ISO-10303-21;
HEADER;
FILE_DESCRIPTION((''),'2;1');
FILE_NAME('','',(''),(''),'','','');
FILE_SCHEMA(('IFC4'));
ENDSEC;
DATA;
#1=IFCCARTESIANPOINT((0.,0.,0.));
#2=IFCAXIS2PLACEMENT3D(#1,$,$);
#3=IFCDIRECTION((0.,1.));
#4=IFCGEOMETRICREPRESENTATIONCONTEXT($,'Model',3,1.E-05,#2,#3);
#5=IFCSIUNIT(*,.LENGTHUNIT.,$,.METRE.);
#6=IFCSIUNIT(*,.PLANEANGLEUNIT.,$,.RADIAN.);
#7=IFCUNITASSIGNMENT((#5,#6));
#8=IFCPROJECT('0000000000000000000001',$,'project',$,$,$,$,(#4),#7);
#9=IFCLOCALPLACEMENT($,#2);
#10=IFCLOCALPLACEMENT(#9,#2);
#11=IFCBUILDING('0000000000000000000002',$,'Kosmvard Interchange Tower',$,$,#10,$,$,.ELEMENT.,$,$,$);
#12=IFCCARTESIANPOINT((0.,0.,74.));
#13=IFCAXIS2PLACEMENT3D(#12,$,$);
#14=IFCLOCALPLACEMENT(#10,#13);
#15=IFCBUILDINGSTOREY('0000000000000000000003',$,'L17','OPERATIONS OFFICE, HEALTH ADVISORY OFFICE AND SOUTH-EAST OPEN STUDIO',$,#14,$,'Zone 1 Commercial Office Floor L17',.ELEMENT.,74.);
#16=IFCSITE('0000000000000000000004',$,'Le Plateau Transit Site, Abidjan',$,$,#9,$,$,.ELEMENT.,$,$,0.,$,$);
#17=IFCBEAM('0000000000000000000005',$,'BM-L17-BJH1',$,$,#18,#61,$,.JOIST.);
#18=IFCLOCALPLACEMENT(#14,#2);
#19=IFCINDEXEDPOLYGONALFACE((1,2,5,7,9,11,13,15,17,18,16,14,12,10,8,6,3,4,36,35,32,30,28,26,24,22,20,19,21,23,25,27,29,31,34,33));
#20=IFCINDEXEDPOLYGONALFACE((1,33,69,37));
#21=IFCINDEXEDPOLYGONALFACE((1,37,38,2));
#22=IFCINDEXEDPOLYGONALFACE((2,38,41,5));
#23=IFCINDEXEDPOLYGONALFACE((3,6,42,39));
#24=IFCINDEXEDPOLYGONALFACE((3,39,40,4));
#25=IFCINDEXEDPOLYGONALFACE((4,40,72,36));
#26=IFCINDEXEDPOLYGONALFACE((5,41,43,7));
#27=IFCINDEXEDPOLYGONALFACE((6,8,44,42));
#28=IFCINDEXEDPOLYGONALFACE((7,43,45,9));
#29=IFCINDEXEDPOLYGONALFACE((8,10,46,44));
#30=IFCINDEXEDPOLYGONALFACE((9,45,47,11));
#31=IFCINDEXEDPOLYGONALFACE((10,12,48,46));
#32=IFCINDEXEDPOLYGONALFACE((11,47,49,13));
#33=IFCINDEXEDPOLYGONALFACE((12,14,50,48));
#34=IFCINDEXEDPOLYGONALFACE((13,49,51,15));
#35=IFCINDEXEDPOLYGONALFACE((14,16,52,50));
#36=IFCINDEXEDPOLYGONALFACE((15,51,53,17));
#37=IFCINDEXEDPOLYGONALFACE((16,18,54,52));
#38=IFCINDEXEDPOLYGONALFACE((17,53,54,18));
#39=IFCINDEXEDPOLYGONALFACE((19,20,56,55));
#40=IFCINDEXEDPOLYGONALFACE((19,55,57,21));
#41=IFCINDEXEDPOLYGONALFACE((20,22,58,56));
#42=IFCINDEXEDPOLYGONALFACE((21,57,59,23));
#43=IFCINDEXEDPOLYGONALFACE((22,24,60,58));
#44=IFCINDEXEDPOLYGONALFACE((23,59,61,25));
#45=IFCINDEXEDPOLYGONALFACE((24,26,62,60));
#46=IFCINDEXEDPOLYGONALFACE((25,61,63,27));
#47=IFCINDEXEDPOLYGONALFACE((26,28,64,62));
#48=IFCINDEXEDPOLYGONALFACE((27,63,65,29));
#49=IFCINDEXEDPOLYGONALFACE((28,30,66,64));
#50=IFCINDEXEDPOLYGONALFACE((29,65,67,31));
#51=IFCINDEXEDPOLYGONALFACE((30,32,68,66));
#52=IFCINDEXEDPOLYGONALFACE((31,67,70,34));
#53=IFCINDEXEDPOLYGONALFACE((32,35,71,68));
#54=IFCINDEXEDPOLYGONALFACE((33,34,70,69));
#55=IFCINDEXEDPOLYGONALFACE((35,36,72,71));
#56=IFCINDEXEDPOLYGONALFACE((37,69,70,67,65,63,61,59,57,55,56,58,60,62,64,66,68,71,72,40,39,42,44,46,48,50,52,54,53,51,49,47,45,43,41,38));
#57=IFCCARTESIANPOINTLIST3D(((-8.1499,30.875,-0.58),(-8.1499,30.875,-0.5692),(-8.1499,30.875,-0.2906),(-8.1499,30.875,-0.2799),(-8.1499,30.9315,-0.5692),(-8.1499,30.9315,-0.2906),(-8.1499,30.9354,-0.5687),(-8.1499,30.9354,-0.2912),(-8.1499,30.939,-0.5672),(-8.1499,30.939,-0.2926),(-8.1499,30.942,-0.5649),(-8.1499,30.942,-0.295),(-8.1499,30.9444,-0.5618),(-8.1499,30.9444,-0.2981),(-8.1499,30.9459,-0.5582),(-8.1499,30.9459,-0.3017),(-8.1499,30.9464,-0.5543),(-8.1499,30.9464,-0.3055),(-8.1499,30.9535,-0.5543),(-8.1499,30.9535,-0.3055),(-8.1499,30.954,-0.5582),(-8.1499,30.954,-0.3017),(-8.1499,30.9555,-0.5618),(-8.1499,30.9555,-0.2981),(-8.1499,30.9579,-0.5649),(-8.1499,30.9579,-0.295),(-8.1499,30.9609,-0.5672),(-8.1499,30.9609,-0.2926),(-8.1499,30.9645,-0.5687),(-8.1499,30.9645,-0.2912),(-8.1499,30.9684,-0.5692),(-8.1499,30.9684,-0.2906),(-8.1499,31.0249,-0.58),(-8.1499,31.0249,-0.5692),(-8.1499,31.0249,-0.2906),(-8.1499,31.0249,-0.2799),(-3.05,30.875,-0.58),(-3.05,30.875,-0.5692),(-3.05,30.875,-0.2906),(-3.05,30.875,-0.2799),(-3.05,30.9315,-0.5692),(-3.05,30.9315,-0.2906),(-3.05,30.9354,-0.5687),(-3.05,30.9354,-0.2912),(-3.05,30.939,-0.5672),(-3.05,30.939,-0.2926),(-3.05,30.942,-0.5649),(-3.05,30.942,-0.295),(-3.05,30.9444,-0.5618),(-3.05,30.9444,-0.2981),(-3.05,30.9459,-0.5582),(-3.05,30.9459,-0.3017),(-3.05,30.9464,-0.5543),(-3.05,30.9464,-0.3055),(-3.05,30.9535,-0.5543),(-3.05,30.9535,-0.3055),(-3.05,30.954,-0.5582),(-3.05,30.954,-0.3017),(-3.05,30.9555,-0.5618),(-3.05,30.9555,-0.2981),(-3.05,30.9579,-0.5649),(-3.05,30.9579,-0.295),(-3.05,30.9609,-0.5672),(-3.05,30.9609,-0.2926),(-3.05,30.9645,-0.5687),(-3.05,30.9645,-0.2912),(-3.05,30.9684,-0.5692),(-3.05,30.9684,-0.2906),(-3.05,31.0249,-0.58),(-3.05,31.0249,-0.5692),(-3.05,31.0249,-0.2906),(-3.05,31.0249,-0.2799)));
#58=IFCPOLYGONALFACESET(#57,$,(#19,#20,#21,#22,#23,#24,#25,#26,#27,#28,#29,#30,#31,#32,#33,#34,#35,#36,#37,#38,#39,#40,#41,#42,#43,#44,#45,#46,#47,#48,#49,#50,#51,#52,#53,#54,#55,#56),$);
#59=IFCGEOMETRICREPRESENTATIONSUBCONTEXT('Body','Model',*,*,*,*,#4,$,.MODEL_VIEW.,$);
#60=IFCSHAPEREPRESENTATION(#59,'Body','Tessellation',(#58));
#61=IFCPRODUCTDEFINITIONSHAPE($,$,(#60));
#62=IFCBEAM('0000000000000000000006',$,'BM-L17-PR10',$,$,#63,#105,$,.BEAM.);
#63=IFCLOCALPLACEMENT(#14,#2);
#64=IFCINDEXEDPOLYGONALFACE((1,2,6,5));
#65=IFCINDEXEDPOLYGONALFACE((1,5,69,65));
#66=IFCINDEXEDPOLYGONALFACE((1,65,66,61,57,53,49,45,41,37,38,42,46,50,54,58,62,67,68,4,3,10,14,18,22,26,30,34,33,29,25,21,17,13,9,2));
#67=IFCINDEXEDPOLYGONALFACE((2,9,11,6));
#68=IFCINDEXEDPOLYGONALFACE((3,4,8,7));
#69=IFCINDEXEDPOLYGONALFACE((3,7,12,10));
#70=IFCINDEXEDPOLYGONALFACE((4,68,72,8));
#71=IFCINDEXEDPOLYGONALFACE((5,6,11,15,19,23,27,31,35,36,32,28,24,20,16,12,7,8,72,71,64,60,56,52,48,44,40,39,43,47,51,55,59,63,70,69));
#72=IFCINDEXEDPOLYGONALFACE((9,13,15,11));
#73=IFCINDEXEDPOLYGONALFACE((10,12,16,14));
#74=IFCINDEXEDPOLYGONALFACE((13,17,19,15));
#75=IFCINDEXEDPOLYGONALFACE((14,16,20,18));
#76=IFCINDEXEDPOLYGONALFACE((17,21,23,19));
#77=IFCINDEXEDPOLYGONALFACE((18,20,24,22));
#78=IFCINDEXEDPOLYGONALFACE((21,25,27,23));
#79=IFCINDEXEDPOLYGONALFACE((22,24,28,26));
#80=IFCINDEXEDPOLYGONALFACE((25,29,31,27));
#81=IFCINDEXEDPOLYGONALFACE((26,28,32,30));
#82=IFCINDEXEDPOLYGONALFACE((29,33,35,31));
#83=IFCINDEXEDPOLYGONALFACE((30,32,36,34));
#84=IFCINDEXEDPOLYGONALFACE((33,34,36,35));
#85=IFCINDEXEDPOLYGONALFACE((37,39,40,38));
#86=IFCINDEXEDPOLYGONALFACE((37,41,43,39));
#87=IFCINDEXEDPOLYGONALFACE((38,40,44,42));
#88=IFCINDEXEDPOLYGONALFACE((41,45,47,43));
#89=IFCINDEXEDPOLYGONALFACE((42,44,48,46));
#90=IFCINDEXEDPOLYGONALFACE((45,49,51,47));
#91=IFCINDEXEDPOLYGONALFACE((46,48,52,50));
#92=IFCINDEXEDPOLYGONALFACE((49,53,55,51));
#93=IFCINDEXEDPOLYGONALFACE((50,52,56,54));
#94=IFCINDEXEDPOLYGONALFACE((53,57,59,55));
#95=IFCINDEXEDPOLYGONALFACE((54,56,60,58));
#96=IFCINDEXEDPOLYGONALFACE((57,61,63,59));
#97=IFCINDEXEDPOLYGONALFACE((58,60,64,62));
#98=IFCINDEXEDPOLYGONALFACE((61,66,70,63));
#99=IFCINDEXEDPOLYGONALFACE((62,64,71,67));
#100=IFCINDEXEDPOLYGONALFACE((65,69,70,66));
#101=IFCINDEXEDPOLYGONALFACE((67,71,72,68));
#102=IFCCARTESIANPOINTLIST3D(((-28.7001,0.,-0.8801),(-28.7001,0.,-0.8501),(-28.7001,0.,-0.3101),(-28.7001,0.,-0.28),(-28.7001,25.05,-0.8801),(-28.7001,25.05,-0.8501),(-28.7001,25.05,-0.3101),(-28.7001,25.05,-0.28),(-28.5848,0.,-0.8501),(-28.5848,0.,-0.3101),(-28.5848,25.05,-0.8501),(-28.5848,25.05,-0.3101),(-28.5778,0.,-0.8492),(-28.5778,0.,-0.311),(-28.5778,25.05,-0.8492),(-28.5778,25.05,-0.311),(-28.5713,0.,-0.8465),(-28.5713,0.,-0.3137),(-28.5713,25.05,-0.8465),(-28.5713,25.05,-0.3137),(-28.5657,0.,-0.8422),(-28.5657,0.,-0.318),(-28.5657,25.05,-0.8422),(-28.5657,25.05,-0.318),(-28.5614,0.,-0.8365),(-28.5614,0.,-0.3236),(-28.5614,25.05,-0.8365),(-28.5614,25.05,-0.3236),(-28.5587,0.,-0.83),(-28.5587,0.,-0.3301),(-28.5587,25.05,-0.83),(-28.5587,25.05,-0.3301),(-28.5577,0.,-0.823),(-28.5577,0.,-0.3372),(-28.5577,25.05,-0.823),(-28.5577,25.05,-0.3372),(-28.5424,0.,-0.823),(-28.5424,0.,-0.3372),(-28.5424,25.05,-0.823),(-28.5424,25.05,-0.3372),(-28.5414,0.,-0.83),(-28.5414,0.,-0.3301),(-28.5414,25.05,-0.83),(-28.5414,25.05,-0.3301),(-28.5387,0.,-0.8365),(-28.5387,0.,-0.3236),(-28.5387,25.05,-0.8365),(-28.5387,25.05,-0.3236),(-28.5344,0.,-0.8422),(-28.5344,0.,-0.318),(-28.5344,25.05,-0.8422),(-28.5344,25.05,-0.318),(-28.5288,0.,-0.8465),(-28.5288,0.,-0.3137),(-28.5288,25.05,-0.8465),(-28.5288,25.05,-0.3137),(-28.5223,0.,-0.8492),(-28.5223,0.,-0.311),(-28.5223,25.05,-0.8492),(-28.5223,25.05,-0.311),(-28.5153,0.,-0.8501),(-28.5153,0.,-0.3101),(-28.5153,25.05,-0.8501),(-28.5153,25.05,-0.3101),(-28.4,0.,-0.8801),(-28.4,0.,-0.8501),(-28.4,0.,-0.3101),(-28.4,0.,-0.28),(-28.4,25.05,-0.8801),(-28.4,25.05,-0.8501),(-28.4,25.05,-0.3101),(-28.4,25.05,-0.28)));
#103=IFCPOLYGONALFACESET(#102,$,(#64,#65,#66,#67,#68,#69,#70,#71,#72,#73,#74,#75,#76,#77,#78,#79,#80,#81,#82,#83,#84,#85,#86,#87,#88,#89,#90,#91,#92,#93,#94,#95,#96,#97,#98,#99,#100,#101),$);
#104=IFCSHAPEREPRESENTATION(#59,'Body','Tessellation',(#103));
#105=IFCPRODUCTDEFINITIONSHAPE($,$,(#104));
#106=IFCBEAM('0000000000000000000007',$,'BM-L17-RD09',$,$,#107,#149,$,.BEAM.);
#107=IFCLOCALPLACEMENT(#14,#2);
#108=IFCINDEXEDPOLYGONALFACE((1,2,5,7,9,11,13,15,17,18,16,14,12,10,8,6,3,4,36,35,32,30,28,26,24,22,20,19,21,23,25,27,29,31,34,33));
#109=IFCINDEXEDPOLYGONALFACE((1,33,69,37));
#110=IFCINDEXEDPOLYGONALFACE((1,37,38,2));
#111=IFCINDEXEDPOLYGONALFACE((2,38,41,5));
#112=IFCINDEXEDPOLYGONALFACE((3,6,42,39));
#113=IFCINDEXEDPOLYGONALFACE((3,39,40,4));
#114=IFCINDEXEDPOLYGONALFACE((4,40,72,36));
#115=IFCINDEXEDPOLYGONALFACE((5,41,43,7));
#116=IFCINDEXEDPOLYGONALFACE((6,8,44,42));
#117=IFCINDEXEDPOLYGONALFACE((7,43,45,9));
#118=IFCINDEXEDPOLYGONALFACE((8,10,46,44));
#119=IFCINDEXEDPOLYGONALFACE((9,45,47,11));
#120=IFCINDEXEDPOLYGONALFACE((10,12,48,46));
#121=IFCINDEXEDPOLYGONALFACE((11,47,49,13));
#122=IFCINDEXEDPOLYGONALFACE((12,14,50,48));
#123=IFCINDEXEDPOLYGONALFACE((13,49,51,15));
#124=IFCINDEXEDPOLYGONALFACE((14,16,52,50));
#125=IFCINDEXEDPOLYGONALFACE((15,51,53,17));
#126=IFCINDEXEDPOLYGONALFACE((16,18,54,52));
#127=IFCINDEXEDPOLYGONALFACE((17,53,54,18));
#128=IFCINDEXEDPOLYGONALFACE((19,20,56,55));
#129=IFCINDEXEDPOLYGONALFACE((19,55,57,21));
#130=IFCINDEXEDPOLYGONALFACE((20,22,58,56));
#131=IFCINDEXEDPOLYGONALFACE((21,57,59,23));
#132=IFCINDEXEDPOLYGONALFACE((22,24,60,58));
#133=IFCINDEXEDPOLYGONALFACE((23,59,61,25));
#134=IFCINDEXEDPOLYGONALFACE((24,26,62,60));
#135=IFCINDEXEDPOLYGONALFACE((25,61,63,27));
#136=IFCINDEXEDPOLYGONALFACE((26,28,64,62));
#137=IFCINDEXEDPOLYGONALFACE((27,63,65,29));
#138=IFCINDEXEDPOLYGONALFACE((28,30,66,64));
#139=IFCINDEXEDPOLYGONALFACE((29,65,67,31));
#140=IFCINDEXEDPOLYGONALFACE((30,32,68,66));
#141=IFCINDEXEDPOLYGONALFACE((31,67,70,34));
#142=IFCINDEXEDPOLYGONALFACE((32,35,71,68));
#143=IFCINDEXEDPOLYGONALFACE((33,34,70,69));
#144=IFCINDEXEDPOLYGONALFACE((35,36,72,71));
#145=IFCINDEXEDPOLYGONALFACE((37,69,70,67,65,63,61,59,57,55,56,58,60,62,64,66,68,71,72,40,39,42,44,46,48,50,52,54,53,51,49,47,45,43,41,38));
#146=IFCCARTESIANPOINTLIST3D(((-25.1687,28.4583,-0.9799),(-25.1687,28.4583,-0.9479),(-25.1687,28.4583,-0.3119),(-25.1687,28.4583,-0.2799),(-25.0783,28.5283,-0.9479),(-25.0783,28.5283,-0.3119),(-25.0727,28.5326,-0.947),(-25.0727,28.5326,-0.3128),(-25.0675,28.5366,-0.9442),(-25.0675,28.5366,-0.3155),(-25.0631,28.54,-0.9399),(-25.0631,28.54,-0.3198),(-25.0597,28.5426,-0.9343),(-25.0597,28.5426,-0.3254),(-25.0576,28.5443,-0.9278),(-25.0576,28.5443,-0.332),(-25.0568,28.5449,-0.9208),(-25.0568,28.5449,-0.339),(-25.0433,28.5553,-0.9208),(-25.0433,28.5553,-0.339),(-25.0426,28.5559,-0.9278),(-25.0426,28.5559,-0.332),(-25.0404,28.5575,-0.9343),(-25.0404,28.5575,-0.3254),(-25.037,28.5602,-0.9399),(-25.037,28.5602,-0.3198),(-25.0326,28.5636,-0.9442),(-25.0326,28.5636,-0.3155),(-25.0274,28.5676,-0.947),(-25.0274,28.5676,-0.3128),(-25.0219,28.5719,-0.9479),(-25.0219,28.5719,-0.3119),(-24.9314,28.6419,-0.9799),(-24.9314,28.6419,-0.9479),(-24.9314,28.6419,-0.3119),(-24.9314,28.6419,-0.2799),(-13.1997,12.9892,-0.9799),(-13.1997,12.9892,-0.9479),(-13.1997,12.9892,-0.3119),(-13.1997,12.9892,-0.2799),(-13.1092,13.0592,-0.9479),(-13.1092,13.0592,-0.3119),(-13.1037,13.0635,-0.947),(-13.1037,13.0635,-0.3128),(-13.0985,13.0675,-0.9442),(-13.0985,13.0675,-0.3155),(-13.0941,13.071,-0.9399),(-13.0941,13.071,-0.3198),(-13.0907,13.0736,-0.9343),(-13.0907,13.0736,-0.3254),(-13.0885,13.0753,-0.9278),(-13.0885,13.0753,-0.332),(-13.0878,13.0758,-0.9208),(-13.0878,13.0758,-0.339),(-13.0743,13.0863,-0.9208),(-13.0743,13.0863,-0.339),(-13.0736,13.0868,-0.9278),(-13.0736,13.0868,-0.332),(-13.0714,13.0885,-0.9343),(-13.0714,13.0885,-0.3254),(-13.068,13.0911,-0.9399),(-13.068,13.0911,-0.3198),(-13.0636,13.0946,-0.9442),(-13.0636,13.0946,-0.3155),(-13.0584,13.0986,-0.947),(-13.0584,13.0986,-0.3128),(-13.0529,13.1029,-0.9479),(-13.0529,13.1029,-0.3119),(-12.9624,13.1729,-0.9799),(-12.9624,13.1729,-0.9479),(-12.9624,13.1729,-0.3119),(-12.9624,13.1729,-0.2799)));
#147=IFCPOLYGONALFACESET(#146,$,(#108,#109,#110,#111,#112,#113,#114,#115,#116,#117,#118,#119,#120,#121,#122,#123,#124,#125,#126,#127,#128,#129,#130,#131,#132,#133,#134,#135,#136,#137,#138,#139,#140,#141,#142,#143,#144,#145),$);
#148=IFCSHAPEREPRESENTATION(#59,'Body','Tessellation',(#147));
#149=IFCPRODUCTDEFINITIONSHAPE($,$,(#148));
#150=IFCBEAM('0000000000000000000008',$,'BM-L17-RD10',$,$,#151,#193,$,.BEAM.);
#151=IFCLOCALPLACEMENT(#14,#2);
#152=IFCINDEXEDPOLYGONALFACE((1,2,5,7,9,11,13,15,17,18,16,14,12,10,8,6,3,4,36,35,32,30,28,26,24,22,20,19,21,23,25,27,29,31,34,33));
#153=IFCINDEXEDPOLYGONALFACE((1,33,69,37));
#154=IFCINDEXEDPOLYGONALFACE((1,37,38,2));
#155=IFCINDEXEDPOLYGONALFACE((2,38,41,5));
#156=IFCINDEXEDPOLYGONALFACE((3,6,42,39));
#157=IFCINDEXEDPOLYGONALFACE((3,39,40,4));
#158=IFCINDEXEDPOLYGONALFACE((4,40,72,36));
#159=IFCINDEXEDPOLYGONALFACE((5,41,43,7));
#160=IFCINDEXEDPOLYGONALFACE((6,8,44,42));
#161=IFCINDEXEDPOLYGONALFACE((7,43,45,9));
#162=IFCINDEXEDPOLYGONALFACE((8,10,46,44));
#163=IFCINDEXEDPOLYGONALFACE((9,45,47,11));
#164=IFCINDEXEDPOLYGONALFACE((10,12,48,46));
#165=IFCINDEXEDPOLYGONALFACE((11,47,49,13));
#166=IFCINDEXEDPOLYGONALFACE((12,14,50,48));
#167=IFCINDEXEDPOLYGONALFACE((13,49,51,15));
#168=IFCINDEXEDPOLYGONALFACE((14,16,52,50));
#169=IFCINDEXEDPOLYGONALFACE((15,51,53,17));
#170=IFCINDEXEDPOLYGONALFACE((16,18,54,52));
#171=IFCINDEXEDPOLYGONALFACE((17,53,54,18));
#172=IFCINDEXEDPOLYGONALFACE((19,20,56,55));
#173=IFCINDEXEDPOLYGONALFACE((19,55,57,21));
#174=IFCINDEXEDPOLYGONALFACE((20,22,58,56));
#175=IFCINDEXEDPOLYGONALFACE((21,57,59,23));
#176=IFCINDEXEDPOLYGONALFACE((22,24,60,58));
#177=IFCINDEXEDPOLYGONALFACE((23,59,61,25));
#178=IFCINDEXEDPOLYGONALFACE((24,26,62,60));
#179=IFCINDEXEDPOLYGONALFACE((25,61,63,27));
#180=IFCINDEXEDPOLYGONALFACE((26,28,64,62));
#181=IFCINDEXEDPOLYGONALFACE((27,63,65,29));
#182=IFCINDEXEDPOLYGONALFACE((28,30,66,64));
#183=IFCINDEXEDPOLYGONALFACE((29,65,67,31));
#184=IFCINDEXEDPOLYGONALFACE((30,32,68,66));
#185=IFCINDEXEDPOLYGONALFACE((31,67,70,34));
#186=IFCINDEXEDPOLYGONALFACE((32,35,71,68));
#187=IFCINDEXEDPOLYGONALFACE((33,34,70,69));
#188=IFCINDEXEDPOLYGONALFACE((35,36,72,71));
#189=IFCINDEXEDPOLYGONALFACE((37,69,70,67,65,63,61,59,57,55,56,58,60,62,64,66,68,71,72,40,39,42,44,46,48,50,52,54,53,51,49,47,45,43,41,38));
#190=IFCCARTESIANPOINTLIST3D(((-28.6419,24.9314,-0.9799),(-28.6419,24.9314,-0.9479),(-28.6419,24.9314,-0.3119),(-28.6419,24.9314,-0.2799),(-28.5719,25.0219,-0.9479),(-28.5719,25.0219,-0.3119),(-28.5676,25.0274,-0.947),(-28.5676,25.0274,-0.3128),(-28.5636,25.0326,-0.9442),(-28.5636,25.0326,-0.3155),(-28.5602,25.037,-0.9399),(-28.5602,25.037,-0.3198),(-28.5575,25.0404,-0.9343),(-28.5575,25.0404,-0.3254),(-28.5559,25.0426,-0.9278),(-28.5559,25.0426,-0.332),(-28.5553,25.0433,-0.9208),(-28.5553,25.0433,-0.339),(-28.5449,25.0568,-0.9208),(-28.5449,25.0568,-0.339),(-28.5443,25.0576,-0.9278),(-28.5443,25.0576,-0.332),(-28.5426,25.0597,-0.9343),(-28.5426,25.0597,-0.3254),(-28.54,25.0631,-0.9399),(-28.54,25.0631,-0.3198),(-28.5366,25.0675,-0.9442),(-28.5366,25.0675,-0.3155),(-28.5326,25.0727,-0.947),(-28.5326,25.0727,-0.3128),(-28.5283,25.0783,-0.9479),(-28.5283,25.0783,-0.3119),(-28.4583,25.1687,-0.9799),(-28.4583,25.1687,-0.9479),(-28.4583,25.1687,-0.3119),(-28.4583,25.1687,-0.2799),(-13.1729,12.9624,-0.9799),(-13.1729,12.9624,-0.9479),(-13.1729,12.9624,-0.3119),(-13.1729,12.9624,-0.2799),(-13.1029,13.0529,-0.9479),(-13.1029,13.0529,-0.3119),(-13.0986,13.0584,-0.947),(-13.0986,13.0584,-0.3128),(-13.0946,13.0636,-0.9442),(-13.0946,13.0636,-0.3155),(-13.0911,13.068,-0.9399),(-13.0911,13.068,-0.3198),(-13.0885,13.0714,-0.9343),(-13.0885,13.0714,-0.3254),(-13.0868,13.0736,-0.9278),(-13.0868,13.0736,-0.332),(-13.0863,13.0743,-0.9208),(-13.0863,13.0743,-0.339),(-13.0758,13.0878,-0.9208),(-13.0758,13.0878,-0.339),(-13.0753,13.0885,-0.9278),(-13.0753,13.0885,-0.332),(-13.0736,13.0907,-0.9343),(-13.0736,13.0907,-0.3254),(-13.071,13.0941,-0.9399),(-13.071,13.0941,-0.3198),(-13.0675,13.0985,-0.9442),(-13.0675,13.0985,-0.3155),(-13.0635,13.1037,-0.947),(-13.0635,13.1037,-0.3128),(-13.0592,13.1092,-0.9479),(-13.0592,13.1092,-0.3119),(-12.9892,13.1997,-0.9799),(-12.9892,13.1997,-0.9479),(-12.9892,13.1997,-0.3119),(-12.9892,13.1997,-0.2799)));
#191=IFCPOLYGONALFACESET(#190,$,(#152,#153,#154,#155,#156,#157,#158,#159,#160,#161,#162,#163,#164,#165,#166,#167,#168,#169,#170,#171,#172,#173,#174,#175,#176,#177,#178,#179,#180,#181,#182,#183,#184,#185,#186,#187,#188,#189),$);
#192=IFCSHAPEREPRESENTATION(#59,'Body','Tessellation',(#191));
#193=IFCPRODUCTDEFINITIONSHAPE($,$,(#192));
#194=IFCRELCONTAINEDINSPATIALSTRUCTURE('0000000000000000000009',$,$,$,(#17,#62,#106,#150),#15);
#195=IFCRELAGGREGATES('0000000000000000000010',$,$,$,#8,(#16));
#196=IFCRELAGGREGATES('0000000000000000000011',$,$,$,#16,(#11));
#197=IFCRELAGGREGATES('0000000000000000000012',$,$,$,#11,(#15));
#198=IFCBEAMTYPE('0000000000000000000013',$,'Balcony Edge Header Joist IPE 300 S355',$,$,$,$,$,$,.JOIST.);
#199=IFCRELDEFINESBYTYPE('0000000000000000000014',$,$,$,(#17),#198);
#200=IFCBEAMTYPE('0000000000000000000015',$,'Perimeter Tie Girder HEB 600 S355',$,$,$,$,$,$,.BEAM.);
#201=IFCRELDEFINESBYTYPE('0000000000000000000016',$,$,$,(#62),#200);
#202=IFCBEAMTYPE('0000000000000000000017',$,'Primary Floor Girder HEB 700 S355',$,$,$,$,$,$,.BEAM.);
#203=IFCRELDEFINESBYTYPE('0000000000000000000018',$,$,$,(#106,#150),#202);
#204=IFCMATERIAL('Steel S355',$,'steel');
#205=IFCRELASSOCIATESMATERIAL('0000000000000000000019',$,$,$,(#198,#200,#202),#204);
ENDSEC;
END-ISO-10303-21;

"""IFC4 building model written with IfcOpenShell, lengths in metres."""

from ifc_helpers import new_model, si_unit, direction, frame, origin, origin_2d, place, context, subcontext, project, spatial, i_section, extrude, source, transform, mapped, material, material_profile, profile_set, type_object, element, save


model = new_model("IFC4")

# Units and contexts
model_context = context("Model", 3, precision=1e-05, world=origin(), true_north=direction((0.0, 1.0)))
body_context = subcontext(model_context, "Body", "Model", "MODEL_VIEW")
ifc_project = project(units=[si_unit("LENGTHUNIT", "METRE"), si_unit("PLANEANGLEUNIT", "RADIAN")], contexts=[model_context])

# Site, building, storey
site_placement = place(None, origin())
site = spatial("IfcSite", under=ifc_project, at=site_placement, Name="Le Plateau Transit Site, Abidjan", CompositionType="ELEMENT", RefElevation=0.0)
building_placement = place(site_placement, origin())
building = spatial("IfcBuilding", under=site, at=building_placement, Name="Kosmvard Interchange Tower", CompositionType="ELEMENT")
storey_placement = place(building_placement, frame((0.0, 0.0, 74.0)))
storey = spatial("IfcBuildingStorey", under=building, at=storey_placement, Name="L17", Description="OPERATIONS OFFICE, HEALTH ADVISORY OFFICE AND SOUTH-EAST OPEN STUDIO", LongName="Zone 1 Commercial Office Floor L17", CompositionType="ELEMENT", Elevation=74.0)

# Beams
ifc_material_1 = material(Name="Steel S355", Category="steel")
ifc_material_profile_1 = material_profile(ifc_material_1, i_section(OverallWidth=0.1499, OverallDepth=0.3, WebThickness=0.0071, FlangeThickness=0.0107, FilletRadius=0.0149, at=origin_2d()), Name="IPE 300")
ifc_profile_set_1 = profile_set([ifc_material_profile_1], Name="Steel S355")
beam_type_1 = type_object("IfcBeamType", Name="Balcony Edge Header Joist IPE 300 S355", PredefinedType="JOIST", material=ifc_profile_set_1)
shared_shape_1 = source(origin(), body_context, "Body", "SweptSolid", [
    extrude(i_section(OverallWidth=0.1499, OverallDepth=0.3, WebThickness=0.0071, FlangeThickness=0.0107, FilletRadius=0.0149, at=origin_2d()), origin(), (0.0, 0.0, 1.0), 5.0999),
])
beam_1_placement = place(storey_placement, frame((-3.05, 30.95, -0.4299), z_axis=(-1.0, 0.0, 0.0), x_axis=(0.0, -1.0, 0.0)))
element("IfcBeam", 1, at=beam_1_placement, inside=storey, type_object=beam_type_1, Name="BM-L17-BJH1", PredefinedType="JOIST", context=body_context, shape_type="MappedRepresentation", body=[
    mapped(shared_shape_1, transform((0.0, 0.0, 0.0), scale=1.0)),
])
ifc_material_profile_2 = material_profile(ifc_material_1, i_section(OverallWidth=0.3, OverallDepth=0.6001, WebThickness=0.0154, FlangeThickness=0.03, FilletRadius=0.0271, at=origin_2d()), Name="HEB 600")
ifc_profile_set_2 = profile_set([ifc_material_profile_2], Name="Steel S355")
beam_type_2 = type_object("IfcBeamType", Name="Perimeter Tie Girder HEB 600 S355", PredefinedType="BEAM", material=ifc_profile_set_2)
shared_shape_2 = source(origin(), body_context, "Body", "SweptSolid", [
    extrude(i_section(OverallWidth=0.3, OverallDepth=0.6001, WebThickness=0.0154, FlangeThickness=0.03, FilletRadius=0.0271, at=origin_2d()), origin(), (0.0, 0.0, 1.0), 25.05),
])
beam_2_placement = place(storey_placement, frame((-28.55, 25.05, -0.5801), z_axis=(0.0, -1.0, 0.0), x_axis=(1.0, 0.0, 0.0)))
element("IfcBeam", 2, at=beam_2_placement, inside=storey, type_object=beam_type_2, Name="BM-L17-PR10", PredefinedType="BEAM", context=body_context, shape_type="MappedRepresentation", body=[
    mapped(shared_shape_2, transform((0.0, 0.0, 0.0), scale=1.0)),
])
ifc_material_profile_3 = material_profile(ifc_material_1, i_section(OverallWidth=0.3, OverallDepth=0.7, WebThickness=0.0171, FlangeThickness=0.032, FilletRadius=0.0271, at=origin_2d()), Name="HEB 700")
ifc_profile_set_3 = profile_set([ifc_material_profile_3], Name="Steel S355")
beam_type_3 = type_object("IfcBeamType", Name="Primary Floor Girder HEB 700 S355", PredefinedType="BEAM", material=ifc_profile_set_3)
shared_shape_3 = source(origin(), body_context, "Body", "SweptSolid", [
    extrude(i_section(OverallWidth=0.3, OverallDepth=0.7, WebThickness=0.0171, FlangeThickness=0.032, FilletRadius=0.0271, at=origin_2d()), origin(), (0.0, 0.0, 1.0), 19.5588),
])
for number, where, z_axis, x_axis, name in (
    (3, (-13.0811, 13.0811, -0.6299), (-0.611949, 0.790897, 0.0), (-0.790897, -0.611949, 0.0), "BM-L17-RD09"),
    (4, (-13.0811, 13.0811, -0.6299), (-0.790897, 0.611949, 0.0), (-0.611949, -0.790897, 0.0), "BM-L17-RD10"),
):
    element("IfcBeam", number, at=place(storey_placement, frame(where, z_axis=z_axis, x_axis=x_axis)), inside=storey, type_object=beam_type_3, Name=name, PredefinedType="BEAM", context=body_context, shape_type="MappedRepresentation", body=[
        mapped(shared_shape_3, transform((0.0, 0.0, 0.0), scale=1.0)),
    ])

save(model, "model.ifc")
